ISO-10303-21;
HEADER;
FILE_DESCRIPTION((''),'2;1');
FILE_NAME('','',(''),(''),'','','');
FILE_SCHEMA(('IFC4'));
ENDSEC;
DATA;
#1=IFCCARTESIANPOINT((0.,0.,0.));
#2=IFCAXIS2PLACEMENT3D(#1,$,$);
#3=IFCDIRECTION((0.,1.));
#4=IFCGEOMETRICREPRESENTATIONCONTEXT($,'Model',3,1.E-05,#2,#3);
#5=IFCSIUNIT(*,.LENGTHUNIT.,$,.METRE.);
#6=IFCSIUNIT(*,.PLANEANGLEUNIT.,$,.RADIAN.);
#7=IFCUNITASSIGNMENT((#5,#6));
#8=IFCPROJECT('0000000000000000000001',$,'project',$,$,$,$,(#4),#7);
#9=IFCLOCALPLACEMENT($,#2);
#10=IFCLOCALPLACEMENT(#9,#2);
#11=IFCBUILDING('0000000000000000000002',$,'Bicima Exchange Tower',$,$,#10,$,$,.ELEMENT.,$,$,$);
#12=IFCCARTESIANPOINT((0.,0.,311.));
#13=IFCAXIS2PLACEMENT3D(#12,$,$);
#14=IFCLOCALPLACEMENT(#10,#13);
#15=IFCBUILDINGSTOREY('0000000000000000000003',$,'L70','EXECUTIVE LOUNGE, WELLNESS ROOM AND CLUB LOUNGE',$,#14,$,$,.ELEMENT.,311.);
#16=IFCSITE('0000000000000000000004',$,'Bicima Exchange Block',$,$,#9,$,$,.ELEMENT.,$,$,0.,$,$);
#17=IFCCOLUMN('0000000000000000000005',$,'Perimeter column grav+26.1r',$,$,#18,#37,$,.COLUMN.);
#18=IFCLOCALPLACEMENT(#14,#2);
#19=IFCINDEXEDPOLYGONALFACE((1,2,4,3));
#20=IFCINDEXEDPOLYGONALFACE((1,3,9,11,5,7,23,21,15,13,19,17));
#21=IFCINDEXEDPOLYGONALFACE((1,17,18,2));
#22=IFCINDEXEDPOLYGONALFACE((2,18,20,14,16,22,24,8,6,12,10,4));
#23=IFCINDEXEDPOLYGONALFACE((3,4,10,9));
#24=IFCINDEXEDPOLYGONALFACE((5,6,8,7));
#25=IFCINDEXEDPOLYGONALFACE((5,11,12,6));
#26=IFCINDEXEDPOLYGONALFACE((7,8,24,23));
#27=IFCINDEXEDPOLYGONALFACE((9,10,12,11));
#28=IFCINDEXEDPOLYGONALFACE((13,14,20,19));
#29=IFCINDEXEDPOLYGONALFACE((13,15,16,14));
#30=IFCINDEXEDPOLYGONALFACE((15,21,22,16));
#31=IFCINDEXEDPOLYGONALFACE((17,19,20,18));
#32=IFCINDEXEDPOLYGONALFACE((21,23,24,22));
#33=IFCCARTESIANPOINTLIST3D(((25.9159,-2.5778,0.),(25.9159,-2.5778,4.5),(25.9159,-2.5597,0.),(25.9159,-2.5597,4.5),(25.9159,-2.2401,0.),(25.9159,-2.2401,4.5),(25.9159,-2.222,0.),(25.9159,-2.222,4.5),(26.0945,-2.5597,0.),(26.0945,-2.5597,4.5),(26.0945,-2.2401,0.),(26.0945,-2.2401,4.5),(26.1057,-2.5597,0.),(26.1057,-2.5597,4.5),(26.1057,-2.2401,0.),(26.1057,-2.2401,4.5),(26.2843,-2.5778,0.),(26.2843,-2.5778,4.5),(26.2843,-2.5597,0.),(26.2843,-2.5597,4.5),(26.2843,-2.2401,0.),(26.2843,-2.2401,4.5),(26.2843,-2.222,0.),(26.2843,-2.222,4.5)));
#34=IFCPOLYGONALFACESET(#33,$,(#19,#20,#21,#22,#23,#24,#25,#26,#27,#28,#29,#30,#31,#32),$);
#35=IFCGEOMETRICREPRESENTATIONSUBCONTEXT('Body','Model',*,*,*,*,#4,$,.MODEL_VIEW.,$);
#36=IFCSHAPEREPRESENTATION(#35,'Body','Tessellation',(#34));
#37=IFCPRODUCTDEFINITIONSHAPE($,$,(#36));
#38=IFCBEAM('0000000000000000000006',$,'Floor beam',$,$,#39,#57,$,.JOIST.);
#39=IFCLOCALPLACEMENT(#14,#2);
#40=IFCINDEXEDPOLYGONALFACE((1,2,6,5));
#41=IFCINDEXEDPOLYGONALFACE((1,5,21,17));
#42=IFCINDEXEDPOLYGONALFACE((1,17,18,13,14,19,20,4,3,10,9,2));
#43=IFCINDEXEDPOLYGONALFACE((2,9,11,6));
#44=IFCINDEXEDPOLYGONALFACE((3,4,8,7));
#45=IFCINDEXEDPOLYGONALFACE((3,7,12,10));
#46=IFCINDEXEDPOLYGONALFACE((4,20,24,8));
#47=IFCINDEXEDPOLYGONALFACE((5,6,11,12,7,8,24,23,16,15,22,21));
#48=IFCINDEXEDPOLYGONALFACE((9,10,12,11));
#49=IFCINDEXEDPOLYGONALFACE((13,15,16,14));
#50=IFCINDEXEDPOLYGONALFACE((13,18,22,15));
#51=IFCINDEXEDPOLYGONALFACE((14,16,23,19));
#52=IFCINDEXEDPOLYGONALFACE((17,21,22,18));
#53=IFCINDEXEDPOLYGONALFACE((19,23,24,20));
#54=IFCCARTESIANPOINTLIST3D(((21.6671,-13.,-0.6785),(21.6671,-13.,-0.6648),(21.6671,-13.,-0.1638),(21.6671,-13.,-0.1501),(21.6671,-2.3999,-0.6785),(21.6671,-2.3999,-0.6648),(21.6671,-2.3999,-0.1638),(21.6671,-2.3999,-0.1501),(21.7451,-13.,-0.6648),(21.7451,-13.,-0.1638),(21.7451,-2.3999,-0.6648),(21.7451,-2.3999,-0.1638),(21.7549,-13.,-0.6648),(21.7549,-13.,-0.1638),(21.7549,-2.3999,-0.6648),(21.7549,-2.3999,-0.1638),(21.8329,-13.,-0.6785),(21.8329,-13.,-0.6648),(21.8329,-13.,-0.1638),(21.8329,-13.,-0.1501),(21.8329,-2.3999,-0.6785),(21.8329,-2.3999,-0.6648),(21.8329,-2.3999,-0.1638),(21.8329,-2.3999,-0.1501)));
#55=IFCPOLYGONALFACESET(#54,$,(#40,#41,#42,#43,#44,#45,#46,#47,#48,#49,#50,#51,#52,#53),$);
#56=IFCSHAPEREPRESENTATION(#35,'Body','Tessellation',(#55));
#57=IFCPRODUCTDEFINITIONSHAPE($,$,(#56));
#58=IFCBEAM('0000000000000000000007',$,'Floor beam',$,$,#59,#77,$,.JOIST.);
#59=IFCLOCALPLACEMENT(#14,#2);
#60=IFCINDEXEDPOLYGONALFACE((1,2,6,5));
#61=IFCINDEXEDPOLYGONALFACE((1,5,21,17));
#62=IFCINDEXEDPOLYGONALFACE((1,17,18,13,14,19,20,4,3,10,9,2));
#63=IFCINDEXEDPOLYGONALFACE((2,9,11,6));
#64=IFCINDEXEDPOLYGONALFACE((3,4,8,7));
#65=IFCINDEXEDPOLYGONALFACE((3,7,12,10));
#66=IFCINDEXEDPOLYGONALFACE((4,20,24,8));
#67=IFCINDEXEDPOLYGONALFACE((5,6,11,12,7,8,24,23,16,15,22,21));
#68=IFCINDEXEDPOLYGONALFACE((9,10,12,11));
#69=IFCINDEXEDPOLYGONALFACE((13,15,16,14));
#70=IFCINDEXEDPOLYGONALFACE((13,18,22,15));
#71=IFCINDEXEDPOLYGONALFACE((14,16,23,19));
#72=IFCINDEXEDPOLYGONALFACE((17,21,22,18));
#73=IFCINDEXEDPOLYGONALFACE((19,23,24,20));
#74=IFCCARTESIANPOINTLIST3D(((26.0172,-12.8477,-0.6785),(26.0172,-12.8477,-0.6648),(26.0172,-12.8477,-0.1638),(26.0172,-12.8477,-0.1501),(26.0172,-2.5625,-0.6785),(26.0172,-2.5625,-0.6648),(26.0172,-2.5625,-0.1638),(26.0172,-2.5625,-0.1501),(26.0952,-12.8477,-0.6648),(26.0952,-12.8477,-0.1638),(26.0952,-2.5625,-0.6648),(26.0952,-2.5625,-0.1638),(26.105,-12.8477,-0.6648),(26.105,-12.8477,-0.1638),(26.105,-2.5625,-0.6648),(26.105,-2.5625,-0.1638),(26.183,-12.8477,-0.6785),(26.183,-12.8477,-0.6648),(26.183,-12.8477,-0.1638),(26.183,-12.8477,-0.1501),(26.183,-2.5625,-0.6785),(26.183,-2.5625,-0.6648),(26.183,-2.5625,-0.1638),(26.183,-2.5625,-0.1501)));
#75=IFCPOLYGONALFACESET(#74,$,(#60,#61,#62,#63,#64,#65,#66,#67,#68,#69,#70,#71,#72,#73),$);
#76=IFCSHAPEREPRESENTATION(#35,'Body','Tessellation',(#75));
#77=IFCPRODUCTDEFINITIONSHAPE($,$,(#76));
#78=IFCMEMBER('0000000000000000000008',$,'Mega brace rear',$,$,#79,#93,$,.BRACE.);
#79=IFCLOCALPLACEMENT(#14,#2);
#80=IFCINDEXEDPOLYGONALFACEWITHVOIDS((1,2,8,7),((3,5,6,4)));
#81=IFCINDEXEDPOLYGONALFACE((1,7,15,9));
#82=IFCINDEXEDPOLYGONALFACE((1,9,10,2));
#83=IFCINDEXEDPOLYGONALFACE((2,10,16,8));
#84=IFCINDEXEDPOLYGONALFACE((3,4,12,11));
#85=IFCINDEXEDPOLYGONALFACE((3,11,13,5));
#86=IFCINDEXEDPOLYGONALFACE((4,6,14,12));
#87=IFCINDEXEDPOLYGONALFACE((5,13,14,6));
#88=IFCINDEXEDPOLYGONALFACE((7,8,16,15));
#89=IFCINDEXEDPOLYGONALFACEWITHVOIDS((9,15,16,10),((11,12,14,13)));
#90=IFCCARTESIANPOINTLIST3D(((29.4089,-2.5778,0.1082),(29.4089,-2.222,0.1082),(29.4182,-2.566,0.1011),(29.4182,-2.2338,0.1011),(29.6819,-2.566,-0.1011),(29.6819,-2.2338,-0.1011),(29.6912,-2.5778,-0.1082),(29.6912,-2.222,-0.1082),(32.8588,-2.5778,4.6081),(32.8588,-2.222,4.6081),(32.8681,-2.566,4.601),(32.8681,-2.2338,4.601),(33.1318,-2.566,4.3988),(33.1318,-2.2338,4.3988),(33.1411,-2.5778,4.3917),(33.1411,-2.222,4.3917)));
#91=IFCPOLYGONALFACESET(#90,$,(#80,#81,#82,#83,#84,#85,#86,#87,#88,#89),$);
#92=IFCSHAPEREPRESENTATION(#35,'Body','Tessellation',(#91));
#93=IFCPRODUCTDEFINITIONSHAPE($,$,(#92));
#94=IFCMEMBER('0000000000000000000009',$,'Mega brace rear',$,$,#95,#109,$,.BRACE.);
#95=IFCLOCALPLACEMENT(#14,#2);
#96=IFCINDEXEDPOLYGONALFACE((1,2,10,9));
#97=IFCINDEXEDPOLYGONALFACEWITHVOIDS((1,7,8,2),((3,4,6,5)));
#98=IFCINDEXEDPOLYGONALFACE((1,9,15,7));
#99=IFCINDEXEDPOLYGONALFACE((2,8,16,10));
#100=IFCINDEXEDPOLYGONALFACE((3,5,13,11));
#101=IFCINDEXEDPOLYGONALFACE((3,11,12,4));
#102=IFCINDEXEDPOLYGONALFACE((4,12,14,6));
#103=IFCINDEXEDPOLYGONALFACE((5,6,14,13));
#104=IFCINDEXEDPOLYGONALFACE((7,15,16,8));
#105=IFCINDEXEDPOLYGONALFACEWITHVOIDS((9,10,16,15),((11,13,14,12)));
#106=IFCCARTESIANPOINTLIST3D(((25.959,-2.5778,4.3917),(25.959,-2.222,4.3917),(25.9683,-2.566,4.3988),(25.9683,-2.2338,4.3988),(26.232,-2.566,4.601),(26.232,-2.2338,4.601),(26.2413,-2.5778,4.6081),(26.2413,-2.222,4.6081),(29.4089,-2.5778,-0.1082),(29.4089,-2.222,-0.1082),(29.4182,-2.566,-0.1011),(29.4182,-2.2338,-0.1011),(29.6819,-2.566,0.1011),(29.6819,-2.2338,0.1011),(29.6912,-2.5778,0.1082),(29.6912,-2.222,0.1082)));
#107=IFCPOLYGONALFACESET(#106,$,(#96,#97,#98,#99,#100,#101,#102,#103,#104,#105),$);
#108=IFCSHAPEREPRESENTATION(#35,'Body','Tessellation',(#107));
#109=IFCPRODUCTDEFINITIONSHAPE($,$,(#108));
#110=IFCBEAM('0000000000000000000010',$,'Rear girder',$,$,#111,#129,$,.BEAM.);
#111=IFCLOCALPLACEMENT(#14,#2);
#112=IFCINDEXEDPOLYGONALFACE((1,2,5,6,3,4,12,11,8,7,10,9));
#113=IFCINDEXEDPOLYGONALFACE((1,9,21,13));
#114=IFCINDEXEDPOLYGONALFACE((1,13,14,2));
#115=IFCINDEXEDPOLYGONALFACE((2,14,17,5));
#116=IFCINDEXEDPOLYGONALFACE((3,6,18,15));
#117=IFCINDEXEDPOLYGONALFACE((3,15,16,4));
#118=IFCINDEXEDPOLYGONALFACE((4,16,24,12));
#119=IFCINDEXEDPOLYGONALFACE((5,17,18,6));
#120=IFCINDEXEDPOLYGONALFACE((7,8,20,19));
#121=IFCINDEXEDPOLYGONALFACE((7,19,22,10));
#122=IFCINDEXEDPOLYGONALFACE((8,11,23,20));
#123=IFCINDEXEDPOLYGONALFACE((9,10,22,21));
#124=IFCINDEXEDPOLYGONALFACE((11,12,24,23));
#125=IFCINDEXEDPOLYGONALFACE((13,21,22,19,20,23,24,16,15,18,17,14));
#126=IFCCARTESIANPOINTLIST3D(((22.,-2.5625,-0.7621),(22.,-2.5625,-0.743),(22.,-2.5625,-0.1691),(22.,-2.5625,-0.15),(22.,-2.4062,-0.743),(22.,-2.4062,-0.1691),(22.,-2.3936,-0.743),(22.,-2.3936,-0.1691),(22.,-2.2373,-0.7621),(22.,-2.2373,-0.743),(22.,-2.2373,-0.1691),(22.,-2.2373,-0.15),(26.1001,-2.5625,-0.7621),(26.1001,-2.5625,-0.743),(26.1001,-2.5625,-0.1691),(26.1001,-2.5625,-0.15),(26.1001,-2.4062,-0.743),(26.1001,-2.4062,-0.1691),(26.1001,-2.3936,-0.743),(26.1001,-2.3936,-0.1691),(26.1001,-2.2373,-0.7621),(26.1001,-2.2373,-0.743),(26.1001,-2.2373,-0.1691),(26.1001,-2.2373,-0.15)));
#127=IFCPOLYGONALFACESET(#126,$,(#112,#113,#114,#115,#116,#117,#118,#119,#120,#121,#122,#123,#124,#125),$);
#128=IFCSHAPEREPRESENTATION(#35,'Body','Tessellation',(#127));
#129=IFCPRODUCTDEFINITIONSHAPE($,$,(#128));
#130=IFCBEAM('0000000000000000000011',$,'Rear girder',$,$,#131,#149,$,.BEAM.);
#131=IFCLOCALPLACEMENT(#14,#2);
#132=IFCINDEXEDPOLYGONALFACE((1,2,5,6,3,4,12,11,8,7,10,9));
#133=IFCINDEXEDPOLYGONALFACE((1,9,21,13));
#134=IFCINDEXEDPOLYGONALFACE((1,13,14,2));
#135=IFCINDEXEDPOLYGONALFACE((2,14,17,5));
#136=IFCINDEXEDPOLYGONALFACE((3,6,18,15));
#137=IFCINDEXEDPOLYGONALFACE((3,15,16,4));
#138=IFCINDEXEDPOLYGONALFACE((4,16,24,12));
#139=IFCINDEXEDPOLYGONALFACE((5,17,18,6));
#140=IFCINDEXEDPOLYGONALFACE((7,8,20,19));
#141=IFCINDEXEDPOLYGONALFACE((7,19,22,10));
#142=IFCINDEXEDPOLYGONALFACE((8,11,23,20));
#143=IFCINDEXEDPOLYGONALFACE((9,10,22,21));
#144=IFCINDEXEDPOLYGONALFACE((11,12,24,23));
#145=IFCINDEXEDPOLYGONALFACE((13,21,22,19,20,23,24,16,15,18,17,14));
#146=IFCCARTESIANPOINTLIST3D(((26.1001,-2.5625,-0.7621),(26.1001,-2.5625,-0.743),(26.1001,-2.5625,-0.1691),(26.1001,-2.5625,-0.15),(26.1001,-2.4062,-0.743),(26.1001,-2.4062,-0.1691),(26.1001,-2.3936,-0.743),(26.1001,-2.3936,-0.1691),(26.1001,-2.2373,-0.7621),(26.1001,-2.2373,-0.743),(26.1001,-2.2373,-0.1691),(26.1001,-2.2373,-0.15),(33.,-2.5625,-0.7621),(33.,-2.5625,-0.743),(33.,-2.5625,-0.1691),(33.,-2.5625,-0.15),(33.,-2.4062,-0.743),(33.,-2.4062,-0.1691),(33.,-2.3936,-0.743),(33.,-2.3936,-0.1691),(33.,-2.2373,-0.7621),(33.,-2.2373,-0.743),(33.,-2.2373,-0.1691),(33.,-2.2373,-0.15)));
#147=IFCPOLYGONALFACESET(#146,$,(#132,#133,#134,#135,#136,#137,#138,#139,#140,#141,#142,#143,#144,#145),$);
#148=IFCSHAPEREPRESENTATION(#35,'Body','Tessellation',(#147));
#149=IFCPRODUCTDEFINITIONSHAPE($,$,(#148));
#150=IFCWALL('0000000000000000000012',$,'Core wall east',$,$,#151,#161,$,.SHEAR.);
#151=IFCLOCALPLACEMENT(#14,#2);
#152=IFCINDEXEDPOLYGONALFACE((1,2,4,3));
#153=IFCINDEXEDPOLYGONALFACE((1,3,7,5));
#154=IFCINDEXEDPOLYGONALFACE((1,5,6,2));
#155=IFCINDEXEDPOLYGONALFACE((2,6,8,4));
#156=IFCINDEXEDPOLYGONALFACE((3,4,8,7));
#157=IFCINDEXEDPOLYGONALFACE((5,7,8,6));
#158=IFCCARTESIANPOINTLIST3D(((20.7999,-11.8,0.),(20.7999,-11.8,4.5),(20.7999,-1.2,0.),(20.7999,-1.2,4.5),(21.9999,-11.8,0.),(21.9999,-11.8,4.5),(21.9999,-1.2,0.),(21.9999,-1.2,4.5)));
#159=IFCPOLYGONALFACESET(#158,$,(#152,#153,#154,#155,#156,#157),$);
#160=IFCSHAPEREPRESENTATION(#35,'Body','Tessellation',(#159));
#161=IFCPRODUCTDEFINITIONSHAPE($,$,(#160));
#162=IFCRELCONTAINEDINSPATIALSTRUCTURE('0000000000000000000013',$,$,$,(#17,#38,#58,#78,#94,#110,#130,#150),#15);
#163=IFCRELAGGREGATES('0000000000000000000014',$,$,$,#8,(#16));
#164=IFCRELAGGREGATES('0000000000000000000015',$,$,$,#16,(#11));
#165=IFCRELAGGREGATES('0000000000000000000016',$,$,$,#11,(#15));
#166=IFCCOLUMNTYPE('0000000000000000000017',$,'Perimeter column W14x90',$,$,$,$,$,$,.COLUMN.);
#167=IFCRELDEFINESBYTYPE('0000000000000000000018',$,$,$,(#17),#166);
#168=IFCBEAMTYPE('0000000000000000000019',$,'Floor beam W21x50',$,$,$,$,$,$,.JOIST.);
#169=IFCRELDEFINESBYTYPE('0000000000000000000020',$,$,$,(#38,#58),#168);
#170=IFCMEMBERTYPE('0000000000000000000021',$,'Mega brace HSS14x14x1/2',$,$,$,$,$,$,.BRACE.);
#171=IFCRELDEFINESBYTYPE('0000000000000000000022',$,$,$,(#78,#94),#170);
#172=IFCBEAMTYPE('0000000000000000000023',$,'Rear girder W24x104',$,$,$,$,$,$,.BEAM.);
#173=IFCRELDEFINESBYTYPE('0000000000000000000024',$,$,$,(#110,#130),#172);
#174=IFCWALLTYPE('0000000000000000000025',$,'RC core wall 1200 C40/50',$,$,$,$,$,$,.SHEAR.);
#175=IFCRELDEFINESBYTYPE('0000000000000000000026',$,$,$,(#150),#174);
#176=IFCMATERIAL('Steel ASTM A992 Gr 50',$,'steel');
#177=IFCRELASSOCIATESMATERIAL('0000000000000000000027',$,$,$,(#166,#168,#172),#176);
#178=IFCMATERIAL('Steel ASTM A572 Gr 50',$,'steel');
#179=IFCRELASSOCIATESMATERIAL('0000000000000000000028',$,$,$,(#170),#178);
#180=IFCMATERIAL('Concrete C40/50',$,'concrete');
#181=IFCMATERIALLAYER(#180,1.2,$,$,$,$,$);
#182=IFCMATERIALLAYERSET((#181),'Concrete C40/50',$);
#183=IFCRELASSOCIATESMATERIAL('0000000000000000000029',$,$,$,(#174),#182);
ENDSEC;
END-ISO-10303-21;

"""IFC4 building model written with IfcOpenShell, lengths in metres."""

from ifc_helpers import new_model, si_unit, direction, frame, frame_2d, origin, origin_2d, place, context, subcontext, project, spatial, rectangle, hollow_rectangle, i_section, extrude, material, layer, layer_set, material_profile, profile_set, type_object, element, save


model = new_model("IFC4")

# Units and contexts
model_context = context("Model", 3, precision=1e-05, world=origin(), true_north=direction((0.0, 1.0)))
body_context = subcontext(model_context, "Body", "Model", "MODEL_VIEW")
ifc_project = project(units=[si_unit("LENGTHUNIT", "METRE"), si_unit("PLANEANGLEUNIT", "RADIAN")], contexts=[model_context])

# Site, building, storey
site_placement = place(None, origin())
site = spatial("IfcSite", under=ifc_project, at=site_placement, Name="Bicima Exchange Block", CompositionType="ELEMENT", RefElevation=0.0)
building_placement = place(site_placement, origin())
building = spatial("IfcBuilding", under=site, at=building_placement, Name="Bicima Exchange Tower", CompositionType="ELEMENT")
storey_placement = place(building_placement, frame((0.0, 0.0, 311.0)))
storey = spatial("IfcBuildingStorey", under=building, at=storey_placement, Name="L70", Description="EXECUTIVE LOUNGE, WELLNESS ROOM AND CLUB LOUNGE", CompositionType="ELEMENT", Elevation=311.0)

# Column
ifc_material_1 = material(Name="Steel ASTM A992 Gr 50", Category="steel")
ifc_material_profile_1 = material_profile(ifc_material_1, i_section(OverallWidth=0.3684, OverallDepth=0.3557, WebThickness=0.0112, FlangeThickness=0.0181, at=origin_2d()))
ifc_profile_set_1 = profile_set([ifc_material_profile_1], Name="Steel ASTM A992 Gr 50")
column_type = type_object("IfcColumnType", Name="Perimeter column W14x90", PredefinedType="COLUMN", material=ifc_profile_set_1)
column_placement = place(storey_placement, frame((26.1001, -2.3999, 0.0), z_axis=(0.0, 0.0, 1.0), x_axis=(1.0, 0.0, 0.0)))
element("IfcColumn", 1, at=column_placement, inside=storey, type_object=column_type, Name="Perimeter column grav+26.1r", PredefinedType="COLUMN", context=body_context, shape_type="SweptSolid", body=[
    extrude(i_section(OverallWidth=0.3684, OverallDepth=0.3557, WebThickness=0.0112, FlangeThickness=0.0181, at=origin_2d()), origin(), (0.0, 0.0, 1.0), 4.5),
])

# Beams
ifc_material_profile_2 = material_profile(ifc_material_1, i_section(OverallWidth=0.1658, OverallDepth=0.5283, WebThickness=0.0098, FlangeThickness=0.0137, at=origin_2d()))
ifc_profile_set_2 = profile_set([ifc_material_profile_2], Name="Steel ASTM A992 Gr 50")
beam_type_1 = type_object("IfcBeamType", Name="Floor beam W21x50", PredefinedType="JOIST", material=ifc_profile_set_2)
beam_1_placement = place(storey_placement, frame((21.75, -2.3999, -0.4143), z_axis=(0.0, -1.0, 0.0), x_axis=(1.0, 0.0, 0.0)))
element("IfcBeam", 2, at=beam_1_placement, inside=storey, type_object=beam_type_1, Name="Floor beam", PredefinedType="JOIST", context=body_context, shape_type="SweptSolid", body=[
    extrude(i_section(OverallWidth=0.1658, OverallDepth=0.5283, WebThickness=0.0098, FlangeThickness=0.0137, at=origin_2d()), origin(), (0.0, 0.0, 1.0), 10.6001),
])
beam_2_placement = place(storey_placement, frame((26.1001, -2.5625, -0.4143), z_axis=(0.0, -1.0, 0.0), x_axis=(1.0, 0.0, 0.0)))
element("IfcBeam", 3, at=beam_2_placement, inside=storey, type_object=beam_type_1, Name="Floor beam", PredefinedType="JOIST", context=body_context, shape_type="SweptSolid", body=[
    extrude(i_section(OverallWidth=0.1658, OverallDepth=0.5283, WebThickness=0.0098, FlangeThickness=0.0137, at=origin_2d()), origin(), (0.0, 0.0, 1.0), 10.2852),
])

# Members
ifc_material_2 = material(Name="Steel ASTM A572 Gr 50", Category="steel")
ifc_material_profile_3 = material_profile(ifc_material_2, hollow_rectangle(XDim=0.3557, YDim=0.3557, WallThickness=0.0117, at=origin_2d()))
ifc_profile_set_3 = profile_set([ifc_material_profile_3], Name="Steel ASTM A572 Gr 50")
member_type = type_object("IfcMemberType", Name="Mega brace HSS14x14x1/2", PredefinedType="BRACE", material=ifc_profile_set_3)
for number, where, z_axis, x_axis, name in (
    (4, (29.55, -2.3999, 0.0), (0.608426, 0.0, 0.793611), (0.0, 1.0, 0.0), "Mega brace rear"),
    (5, (29.55, -2.3999, 0.0), (-0.608426, 0.0, 0.793611), (0.0, -1.0, 0.0), "Mega brace rear"),
):
    element("IfcMember", number, at=place(storey_placement, frame(where, z_axis=z_axis, x_axis=x_axis)), inside=storey, type_object=member_type, Name=name, PredefinedType="BRACE", context=body_context, shape_type="SweptSolid", body=[
        extrude(hollow_rectangle(XDim=0.3557, YDim=0.3557, WallThickness=0.0117, at=origin_2d()), origin(), (0.0, 0.0, 1.0), 5.6702),
    ])

# Beams
ifc_material_profile_4 = material_profile(ifc_material_1, i_section(OverallWidth=0.3252, OverallDepth=0.6121, WebThickness=0.0127, FlangeThickness=0.019, at=origin_2d()))
ifc_profile_set_4 = profile_set([ifc_material_profile_4], Name="Steel ASTM A992 Gr 50")
beam_type_2 = type_object("IfcBeamType", Name="Rear girder W24x104", PredefinedType="BEAM", material=ifc_profile_set_4)
beam_3_placement = place(storey_placement, frame((22.0, -2.3999, -0.4561), z_axis=(1.0, 0.0, 0.0), x_axis=(0.0, 1.0, 0.0)))
element("IfcBeam", 6, at=beam_3_placement, inside=storey, type_object=beam_type_2, Name="Rear girder", PredefinedType="BEAM", context=body_context, shape_type="SweptSolid", body=[
    extrude(i_section(OverallWidth=0.3252, OverallDepth=0.6121, WebThickness=0.0127, FlangeThickness=0.019, at=origin_2d()), origin(), (0.0, 0.0, 1.0), 4.1001),
])
beam_4_placement = place(storey_placement, frame((26.1001, -2.3999, -0.4561), z_axis=(1.0, 0.0, 0.0), x_axis=(0.0, 1.0, 0.0)))
element("IfcBeam", 7, at=beam_4_placement, inside=storey, type_object=beam_type_2, Name="Rear girder", PredefinedType="BEAM", context=body_context, shape_type="SweptSolid", body=[
    extrude(i_section(OverallWidth=0.3252, OverallDepth=0.6121, WebThickness=0.0127, FlangeThickness=0.019, at=origin_2d()), origin(), (0.0, 0.0, 1.0), 6.8999),
])

# Wall
ifc_material_3 = material(Name="Concrete C40/50", Category="concrete")
ifc_layer_1 = layer(ifc_material_3, 1.2)
ifc_layer_set_1 = layer_set([ifc_layer_1], Name="Concrete C40/50")
wall_type_1 = type_object("IfcWallType", Name="RC core wall 1200 C40/50", PredefinedType="SHEAR", material=ifc_layer_set_1)
wall_1_placement = place(storey_placement, frame((21.3999, -11.8, 0.0), z_axis=(0.0, 0.0, 1.0), x_axis=(0.0, 1.0, 0.0)))
element("IfcWall", 8, at=wall_1_placement, inside=storey, type_object=wall_type_1, Name="Core wall east", PredefinedType="SHEAR", context=body_context, shape_type="SweptSolid", body=[
    extrude(rectangle(XDim=10.6001, YDim=1.2, at=frame_2d((5.3, 0.0))), origin(), (0.0, 0.0, 1.0), 4.5),
])

save(model, "model.ifc")
